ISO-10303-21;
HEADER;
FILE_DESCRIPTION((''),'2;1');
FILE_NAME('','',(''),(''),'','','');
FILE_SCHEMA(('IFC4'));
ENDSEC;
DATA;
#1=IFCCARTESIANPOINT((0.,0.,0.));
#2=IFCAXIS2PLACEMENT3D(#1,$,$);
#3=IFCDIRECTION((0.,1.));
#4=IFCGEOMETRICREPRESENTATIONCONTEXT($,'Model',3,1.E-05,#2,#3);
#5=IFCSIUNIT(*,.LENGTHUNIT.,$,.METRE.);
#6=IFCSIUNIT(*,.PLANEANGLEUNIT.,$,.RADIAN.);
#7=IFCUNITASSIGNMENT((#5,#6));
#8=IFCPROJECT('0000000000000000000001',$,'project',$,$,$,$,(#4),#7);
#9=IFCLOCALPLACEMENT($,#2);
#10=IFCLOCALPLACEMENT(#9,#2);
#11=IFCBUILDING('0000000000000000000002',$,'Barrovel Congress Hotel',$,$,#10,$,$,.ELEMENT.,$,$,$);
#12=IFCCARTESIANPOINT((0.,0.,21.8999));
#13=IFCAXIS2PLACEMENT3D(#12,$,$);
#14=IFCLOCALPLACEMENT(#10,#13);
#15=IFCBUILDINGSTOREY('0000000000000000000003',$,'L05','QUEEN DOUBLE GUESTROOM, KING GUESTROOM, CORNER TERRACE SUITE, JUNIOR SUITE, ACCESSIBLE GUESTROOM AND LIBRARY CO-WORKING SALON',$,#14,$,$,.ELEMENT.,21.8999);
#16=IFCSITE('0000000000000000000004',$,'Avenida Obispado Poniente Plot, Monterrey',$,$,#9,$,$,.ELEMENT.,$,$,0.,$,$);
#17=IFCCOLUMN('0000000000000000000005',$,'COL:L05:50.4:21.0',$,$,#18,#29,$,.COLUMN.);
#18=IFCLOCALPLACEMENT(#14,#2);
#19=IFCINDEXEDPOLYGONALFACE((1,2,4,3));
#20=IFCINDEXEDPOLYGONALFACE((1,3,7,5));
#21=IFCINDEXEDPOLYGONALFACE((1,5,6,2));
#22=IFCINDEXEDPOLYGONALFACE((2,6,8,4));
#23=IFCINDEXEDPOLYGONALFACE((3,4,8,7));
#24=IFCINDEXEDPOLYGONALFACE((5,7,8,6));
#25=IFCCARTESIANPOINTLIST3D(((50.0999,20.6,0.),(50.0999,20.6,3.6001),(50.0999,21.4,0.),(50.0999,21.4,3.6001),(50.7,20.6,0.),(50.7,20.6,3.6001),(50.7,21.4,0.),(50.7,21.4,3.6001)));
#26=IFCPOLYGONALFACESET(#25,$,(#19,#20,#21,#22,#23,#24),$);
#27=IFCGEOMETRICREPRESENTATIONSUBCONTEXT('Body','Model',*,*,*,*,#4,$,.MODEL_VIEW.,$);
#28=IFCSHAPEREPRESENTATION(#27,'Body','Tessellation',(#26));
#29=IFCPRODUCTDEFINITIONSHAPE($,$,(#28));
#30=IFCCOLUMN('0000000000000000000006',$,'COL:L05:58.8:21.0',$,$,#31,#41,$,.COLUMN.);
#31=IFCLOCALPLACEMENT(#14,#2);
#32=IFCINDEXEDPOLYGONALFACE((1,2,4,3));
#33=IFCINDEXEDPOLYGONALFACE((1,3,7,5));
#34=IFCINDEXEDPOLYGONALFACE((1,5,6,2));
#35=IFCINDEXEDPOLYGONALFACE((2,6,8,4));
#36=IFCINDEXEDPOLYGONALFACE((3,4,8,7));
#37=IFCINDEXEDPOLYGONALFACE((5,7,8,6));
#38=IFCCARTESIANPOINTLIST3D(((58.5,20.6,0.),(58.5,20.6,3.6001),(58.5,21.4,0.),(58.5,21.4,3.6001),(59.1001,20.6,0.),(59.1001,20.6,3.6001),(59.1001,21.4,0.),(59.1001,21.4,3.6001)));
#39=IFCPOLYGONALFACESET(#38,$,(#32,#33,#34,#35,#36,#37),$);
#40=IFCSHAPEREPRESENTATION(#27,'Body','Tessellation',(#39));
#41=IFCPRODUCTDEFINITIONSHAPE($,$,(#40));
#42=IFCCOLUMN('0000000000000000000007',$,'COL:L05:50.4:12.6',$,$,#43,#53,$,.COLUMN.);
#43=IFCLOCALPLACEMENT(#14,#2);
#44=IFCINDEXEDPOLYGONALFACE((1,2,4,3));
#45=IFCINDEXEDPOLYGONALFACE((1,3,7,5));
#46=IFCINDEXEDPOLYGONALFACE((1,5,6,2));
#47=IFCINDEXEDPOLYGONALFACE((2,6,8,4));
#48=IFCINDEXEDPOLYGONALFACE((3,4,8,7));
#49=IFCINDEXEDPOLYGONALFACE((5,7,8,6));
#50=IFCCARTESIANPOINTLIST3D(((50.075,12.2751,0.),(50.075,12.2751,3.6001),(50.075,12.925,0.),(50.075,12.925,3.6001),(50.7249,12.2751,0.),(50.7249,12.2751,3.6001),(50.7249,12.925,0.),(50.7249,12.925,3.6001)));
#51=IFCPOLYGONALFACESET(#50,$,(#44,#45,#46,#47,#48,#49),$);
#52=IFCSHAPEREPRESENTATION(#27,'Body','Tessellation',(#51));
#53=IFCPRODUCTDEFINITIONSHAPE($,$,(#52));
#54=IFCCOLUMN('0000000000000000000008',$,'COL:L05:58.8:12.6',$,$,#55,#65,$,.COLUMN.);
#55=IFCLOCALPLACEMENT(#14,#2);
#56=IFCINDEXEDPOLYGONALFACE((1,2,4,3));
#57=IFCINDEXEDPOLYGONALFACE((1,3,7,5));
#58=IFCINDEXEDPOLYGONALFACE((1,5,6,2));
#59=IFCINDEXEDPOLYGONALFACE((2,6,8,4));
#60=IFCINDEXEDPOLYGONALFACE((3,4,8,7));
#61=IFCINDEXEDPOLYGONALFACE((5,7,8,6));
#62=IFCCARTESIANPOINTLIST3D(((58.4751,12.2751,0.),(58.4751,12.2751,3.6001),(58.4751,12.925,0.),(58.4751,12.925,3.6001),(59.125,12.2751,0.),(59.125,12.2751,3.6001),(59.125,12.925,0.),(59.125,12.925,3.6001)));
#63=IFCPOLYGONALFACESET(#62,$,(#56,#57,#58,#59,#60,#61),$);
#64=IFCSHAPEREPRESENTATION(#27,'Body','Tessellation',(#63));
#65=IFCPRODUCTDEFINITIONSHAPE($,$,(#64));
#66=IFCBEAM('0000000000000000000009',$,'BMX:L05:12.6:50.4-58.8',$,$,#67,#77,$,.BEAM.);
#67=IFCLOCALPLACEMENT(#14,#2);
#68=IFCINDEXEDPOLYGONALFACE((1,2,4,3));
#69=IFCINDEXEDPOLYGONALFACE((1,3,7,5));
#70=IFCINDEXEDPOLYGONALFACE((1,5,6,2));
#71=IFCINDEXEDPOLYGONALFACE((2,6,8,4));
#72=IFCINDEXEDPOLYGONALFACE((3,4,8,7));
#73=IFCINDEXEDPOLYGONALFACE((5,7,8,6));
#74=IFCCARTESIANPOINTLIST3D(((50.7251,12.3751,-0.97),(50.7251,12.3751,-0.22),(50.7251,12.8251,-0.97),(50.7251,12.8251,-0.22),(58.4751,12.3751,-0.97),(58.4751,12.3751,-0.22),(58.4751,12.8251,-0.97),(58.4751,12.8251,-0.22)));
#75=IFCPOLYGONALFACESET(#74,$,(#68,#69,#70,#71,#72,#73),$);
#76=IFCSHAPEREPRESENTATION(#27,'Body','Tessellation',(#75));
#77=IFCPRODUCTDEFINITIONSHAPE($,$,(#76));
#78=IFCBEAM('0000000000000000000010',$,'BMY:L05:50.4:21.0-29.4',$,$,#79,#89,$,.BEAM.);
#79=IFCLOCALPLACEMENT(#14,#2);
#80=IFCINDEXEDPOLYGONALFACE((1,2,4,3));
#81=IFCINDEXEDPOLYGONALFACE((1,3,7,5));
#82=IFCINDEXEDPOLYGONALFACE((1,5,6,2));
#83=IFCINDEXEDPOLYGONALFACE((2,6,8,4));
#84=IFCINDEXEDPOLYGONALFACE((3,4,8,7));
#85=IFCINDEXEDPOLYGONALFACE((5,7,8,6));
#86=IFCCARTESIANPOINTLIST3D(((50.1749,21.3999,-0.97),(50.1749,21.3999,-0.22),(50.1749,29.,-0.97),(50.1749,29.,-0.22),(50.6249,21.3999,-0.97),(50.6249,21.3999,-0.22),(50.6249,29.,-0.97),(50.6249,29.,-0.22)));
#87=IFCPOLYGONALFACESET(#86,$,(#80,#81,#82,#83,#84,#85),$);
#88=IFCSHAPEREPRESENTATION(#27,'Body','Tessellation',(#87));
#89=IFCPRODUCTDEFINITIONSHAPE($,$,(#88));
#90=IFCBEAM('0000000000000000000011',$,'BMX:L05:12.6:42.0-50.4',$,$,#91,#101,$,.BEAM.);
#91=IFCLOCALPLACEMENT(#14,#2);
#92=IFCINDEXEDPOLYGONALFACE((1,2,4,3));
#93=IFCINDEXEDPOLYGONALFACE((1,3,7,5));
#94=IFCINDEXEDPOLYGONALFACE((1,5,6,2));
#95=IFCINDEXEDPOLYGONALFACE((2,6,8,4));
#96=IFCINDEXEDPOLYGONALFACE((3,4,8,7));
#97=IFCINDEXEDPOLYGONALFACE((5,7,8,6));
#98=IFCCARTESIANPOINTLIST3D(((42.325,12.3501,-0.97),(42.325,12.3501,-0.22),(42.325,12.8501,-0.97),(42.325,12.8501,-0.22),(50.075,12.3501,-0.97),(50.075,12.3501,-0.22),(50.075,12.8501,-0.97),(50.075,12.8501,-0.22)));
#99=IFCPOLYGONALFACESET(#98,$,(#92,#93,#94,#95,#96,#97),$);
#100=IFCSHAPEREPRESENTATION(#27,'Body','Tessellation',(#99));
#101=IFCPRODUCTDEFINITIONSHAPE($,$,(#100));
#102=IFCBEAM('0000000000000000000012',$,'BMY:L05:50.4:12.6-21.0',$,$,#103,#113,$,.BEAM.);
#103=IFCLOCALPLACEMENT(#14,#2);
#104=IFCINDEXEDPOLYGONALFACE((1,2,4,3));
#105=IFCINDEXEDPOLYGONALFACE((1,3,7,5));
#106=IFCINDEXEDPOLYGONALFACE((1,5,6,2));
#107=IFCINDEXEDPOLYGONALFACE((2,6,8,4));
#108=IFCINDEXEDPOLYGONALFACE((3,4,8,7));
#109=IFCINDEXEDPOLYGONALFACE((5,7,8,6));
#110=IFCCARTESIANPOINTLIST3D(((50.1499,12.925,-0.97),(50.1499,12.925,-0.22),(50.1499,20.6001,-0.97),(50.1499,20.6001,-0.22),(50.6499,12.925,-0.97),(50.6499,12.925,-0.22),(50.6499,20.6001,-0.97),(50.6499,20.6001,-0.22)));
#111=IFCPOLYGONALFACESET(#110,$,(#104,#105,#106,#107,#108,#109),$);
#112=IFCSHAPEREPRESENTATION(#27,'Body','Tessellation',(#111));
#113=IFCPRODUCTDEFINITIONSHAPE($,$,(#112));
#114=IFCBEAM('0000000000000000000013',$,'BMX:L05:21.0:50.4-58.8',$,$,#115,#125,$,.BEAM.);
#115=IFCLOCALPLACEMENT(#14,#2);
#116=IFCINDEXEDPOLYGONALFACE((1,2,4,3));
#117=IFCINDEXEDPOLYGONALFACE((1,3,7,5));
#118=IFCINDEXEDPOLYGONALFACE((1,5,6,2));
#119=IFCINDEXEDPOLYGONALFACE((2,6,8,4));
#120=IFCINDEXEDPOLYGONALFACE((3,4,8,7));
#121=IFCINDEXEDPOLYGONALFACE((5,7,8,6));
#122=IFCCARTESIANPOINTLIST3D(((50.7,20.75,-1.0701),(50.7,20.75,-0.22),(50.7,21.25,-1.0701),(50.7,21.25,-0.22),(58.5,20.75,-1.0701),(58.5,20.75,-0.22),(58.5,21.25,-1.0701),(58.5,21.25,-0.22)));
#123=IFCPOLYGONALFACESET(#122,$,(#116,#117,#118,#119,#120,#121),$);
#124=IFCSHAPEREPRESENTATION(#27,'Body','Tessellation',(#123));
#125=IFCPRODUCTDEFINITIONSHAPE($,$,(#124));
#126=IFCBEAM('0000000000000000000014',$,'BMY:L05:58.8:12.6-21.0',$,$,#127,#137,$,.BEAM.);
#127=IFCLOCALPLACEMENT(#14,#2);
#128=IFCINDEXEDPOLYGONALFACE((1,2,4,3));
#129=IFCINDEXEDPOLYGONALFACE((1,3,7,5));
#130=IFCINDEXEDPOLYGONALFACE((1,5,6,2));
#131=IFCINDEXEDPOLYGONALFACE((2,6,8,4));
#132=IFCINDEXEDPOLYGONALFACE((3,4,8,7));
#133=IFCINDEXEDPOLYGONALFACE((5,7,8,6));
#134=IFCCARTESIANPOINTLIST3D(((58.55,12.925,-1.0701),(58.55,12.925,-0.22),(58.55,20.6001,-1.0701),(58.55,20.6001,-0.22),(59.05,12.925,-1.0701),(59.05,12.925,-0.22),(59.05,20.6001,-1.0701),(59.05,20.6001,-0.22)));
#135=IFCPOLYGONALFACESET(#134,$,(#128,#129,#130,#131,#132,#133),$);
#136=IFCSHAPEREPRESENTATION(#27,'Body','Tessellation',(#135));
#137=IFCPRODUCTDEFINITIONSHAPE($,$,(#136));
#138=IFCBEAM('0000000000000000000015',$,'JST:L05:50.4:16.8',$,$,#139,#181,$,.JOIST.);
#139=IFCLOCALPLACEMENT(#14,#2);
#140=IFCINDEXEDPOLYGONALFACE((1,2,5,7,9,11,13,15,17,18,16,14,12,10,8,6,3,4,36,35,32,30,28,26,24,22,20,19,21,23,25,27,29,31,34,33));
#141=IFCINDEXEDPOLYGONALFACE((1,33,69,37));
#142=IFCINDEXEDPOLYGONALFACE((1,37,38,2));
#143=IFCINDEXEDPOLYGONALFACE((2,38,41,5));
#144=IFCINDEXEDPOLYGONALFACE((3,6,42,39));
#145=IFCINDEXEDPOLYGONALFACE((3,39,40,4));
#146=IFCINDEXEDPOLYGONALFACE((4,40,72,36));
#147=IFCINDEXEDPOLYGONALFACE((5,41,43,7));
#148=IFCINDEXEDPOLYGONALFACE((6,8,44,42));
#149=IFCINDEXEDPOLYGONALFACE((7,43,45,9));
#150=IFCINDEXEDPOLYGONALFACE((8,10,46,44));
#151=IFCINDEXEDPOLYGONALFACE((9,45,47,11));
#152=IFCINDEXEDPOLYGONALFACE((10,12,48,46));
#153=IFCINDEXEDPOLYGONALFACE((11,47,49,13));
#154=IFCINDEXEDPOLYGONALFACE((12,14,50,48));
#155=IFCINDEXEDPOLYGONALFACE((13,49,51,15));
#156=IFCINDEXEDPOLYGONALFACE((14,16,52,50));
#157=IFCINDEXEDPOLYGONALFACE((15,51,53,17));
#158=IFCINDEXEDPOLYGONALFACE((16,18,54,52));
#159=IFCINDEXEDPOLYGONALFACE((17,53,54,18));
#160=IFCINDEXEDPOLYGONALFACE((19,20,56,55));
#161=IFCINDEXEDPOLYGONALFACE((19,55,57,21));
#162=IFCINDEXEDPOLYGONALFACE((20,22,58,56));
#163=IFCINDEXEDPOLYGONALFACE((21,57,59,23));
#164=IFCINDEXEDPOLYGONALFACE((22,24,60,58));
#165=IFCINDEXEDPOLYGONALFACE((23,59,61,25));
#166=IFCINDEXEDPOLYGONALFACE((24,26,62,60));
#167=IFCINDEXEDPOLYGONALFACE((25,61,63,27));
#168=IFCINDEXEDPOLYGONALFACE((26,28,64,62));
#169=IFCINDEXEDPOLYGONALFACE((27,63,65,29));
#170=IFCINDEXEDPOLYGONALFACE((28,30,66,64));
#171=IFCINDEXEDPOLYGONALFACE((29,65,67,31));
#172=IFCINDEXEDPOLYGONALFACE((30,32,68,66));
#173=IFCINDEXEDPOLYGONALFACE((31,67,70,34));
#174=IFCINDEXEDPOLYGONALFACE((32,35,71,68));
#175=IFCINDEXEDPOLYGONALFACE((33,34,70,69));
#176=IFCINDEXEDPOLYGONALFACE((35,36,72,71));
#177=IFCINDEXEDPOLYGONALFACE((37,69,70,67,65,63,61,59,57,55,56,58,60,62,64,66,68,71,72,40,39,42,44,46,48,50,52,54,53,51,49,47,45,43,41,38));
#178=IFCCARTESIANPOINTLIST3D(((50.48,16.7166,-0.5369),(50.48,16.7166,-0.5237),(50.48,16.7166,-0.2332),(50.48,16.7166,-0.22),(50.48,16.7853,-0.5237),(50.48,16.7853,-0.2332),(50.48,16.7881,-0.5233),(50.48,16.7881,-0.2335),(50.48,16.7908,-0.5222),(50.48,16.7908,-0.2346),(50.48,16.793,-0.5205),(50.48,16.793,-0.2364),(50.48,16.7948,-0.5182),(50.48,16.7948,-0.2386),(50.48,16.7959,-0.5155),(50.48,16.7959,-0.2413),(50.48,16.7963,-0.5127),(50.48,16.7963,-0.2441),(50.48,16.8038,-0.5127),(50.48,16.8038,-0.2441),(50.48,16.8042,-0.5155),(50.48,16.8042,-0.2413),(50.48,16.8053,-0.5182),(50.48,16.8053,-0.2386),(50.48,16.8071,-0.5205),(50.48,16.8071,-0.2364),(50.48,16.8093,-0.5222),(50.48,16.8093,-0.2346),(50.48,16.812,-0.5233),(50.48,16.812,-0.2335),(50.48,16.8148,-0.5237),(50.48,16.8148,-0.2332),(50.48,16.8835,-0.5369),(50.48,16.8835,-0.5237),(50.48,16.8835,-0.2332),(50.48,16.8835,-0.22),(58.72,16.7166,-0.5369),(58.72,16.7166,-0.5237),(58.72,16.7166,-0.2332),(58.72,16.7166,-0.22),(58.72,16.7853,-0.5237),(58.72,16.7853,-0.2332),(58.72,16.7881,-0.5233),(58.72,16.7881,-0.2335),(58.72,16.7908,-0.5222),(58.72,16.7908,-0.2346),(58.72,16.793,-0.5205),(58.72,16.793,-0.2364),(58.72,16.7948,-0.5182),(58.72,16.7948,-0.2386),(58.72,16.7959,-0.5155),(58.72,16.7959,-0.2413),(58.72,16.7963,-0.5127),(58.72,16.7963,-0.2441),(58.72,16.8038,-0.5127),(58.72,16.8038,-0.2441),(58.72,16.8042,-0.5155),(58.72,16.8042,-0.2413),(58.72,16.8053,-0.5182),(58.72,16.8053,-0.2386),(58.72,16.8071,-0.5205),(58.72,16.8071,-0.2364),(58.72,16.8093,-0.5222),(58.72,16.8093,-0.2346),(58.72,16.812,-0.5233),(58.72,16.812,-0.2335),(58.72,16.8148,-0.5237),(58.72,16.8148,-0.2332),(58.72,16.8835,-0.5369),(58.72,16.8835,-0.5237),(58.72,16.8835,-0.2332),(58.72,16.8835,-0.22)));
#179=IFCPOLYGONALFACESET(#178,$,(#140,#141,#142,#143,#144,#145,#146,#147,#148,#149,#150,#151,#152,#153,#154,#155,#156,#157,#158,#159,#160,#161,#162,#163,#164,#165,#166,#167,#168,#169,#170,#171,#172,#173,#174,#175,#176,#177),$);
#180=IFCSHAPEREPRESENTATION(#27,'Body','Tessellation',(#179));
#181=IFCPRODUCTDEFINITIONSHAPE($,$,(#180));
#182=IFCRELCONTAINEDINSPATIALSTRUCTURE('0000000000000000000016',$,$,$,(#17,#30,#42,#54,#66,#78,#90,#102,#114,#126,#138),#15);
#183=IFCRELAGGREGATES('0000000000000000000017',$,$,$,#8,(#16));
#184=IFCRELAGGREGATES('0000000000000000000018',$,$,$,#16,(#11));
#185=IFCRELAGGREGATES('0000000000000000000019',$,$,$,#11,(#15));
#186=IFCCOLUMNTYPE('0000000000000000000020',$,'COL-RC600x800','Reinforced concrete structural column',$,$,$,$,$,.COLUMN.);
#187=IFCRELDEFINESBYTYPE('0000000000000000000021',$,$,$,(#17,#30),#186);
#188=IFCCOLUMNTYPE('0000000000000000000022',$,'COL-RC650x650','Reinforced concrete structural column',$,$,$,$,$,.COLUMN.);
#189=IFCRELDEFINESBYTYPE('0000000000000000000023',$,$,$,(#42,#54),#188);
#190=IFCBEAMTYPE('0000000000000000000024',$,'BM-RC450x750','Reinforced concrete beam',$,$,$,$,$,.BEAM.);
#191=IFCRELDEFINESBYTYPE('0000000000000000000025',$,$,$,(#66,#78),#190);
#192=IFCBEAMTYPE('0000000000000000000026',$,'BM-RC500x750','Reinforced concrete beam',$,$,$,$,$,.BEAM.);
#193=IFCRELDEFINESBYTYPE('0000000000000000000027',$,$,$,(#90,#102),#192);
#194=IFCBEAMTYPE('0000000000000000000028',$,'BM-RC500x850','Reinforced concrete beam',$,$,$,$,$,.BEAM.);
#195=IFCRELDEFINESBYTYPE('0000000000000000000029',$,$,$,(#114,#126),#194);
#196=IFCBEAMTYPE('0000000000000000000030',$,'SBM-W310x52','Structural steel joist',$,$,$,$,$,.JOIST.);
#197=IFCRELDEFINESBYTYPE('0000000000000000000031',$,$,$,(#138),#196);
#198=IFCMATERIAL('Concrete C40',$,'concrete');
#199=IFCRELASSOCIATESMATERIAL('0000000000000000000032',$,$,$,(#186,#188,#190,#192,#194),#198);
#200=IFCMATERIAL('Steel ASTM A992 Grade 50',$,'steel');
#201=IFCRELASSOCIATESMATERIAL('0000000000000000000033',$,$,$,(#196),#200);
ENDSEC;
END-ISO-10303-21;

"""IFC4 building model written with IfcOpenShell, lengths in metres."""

from ifc_helpers import new_model, si_unit, direction, frame, origin, origin_2d, place, context, subcontext, project, spatial, rectangle, i_section, extrude, material, material_profile, profile_set, type_object, element, save


model = new_model("IFC4")

# Units and contexts
model_context = context("Model", 3, precision=1e-05, world=origin(), true_north=direction((0.0, 1.0)))
body_context = subcontext(model_context, "Body", "Model", "MODEL_VIEW")
ifc_project = project(units=[si_unit("LENGTHUNIT", "METRE"), si_unit("PLANEANGLEUNIT", "RADIAN")], contexts=[model_context])

# Site, building, storey
site_placement = place(None, origin())
site = spatial("IfcSite", under=ifc_project, at=site_placement, Name="Avenida Obispado Poniente Plot, Monterrey", CompositionType="ELEMENT", RefElevation=0.0)
building_placement = place(site_placement, origin())
building = spatial("IfcBuilding", under=site, at=building_placement, Name="Barrovel Congress Hotel", CompositionType="ELEMENT")
storey_placement = place(building_placement, frame((0.0, 0.0, 21.8999)))
storey = spatial("IfcBuildingStorey", under=building, at=storey_placement, Name="L05", Description="QUEEN DOUBLE GUESTROOM, KING GUESTROOM, CORNER TERRACE SUITE, JUNIOR SUITE, ACCESSIBLE GUESTROOM AND LIBRARY CO-WORKING SALON", CompositionType="ELEMENT", Elevation=21.8999)

# Columns
ifc_material_1 = material(Name="Concrete C40", Category="concrete")
ifc_material_profile_1 = material_profile(ifc_material_1, rectangle(XDim=0.6001, YDim=0.8, at=origin_2d()), Name="RC600x800")
ifc_profile_set_1 = profile_set([ifc_material_profile_1], Name="Concrete C40")
column_type_1 = type_object("IfcColumnType", Name="COL-RC600x800", Description="Reinforced concrete structural column", PredefinedType="COLUMN", material=ifc_profile_set_1)
for number, where, z_axis, x_axis, name in (
    (1, (50.3999, 21.0, 0.0), (0.0, 0.0, 1.0), (1.0, 0.0, 0.0), "COL:L05:50.4:21.0"),
    (2, (58.8, 21.0, 0.0), (0.0, 0.0, 1.0), (1.0, 0.0, 0.0), "COL:L05:58.8:21.0"),
):
    element("IfcColumn", number, at=place(storey_placement, frame(where, z_axis=z_axis, x_axis=x_axis)), inside=storey, type_object=column_type_1, Name=name, PredefinedType="COLUMN", context=body_context, shape_type="SweptSolid", body=[
        extrude(rectangle(XDim=0.6001, YDim=0.8, at=origin_2d()), origin(), (0.0, 0.0, 1.0), 3.6001),
    ])
ifc_material_profile_2 = material_profile(ifc_material_1, rectangle(XDim=0.6499, YDim=0.6499, at=origin_2d()), Name="RC650x650")
ifc_profile_set_2 = profile_set([ifc_material_profile_2], Name="Concrete C40")
column_type_2 = type_object("IfcColumnType", Name="COL-RC650x650", Description="Reinforced concrete structural column", PredefinedType="COLUMN", material=ifc_profile_set_2)
for number, where, z_axis, x_axis, name in (
    (3, (50.3999, 12.6001, 0.0), (0.0, 0.0, 1.0), (1.0, 0.0, 0.0), "COL:L05:50.4:12.6"),
    (4, (58.8, 12.6001, 0.0), (0.0, 0.0, 1.0), (1.0, 0.0, 0.0), "COL:L05:58.8:12.6"),
):
    element("IfcColumn", number, at=place(storey_placement, frame(where, z_axis=z_axis, x_axis=x_axis)), inside=storey, type_object=column_type_2, Name=name, PredefinedType="COLUMN", context=body_context, shape_type="SweptSolid", body=[
        extrude(rectangle(XDim=0.6499, YDim=0.6499, at=origin_2d()), origin(), (0.0, 0.0, 1.0), 3.6001),
    ])

# Beams
ifc_material_profile_3 = material_profile(ifc_material_1, rectangle(XDim=0.45, YDim=0.75, at=origin_2d()), Name="RC450x750")
ifc_profile_set_3 = profile_set([ifc_material_profile_3], Name="Concrete C40")
beam_type_1 = type_object("IfcBeamType", Name="BM-RC450x750", Description="Reinforced concrete beam", PredefinedType="BEAM", material=ifc_profile_set_3)
beam_1_placement = place(storey_placement, frame((50.7251, 12.6001, -0.595), z_axis=(1.0, 0.0, 0.0), x_axis=(0.0, 1.0, 0.0)))
element("IfcBeam", 5, at=beam_1_placement, inside=storey, type_object=beam_type_1, Name="BMX:L05:12.6:50.4-58.8", PredefinedType="BEAM", context=body_context, shape_type="SweptSolid", body=[
    extrude(rectangle(XDim=0.45, YDim=0.75, at=origin_2d()), origin(), (0.0, 0.0, 1.0), 7.75),
])
beam_2_placement = place(storey_placement, frame((50.3999, 21.3999, -0.595), z_axis=(0.0, 1.0, 0.0), x_axis=(-1.0, 0.0, 0.0)))
element("IfcBeam", 6, at=beam_2_placement, inside=storey, type_object=beam_type_1, Name="BMY:L05:50.4:21.0-29.4", PredefinedType="BEAM", context=body_context, shape_type="SweptSolid", body=[
    extrude(rectangle(XDim=0.45, YDim=0.75, at=origin_2d()), origin(), (0.0, 0.0, 1.0), 7.6001),
])
ifc_material_profile_4 = material_profile(ifc_material_1, rectangle(XDim=0.5, YDim=0.75, at=origin_2d()), Name="RC500x750")
ifc_profile_set_4 = profile_set([ifc_material_profile_4], Name="Concrete C40")
beam_type_2 = type_object("IfcBeamType", Name="BM-RC500x750", Description="Reinforced concrete beam", PredefinedType="BEAM", material=ifc_profile_set_4)
beam_3_placement = place(storey_placement, frame((42.325, 12.6001, -0.595), z_axis=(1.0, 0.0, 0.0), x_axis=(0.0, 1.0, 0.0)))
element("IfcBeam", 7, at=beam_3_placement, inside=storey, type_object=beam_type_2, Name="BMX:L05:12.6:42.0-50.4", PredefinedType="BEAM", context=body_context, shape_type="SweptSolid", body=[
    extrude(rectangle(XDim=0.5, YDim=0.75, at=origin_2d()), origin(), (0.0, 0.0, 1.0), 7.75),
])
beam_4_placement = place(storey_placement, frame((50.3999, 12.925, -0.595), z_axis=(0.0, 1.0, 0.0), x_axis=(-1.0, 0.0, 0.0)))
element("IfcBeam", 8, at=beam_4_placement, inside=storey, type_object=beam_type_2, Name="BMY:L05:50.4:12.6-21.0", PredefinedType="BEAM", context=body_context, shape_type="SweptSolid", body=[
    extrude(rectangle(XDim=0.5, YDim=0.75, at=origin_2d()), origin(), (0.0, 0.0, 1.0), 7.675),
])
ifc_material_profile_5 = material_profile(ifc_material_1, rectangle(XDim=0.5, YDim=0.8501, at=origin_2d()), Name="RC500x850")
ifc_profile_set_5 = profile_set([ifc_material_profile_5], Name="Concrete C40")
beam_type_3 = type_object("IfcBeamType", Name="BM-RC500x850", Description="Reinforced concrete beam", PredefinedType="BEAM", material=ifc_profile_set_5)
beam_5_placement = place(storey_placement, frame((50.7, 21.0, -0.645), z_axis=(1.0, 0.0, 0.0), x_axis=(0.0, 1.0, 0.0)))
element("IfcBeam", 9, at=beam_5_placement, inside=storey, type_object=beam_type_3, Name="BMX:L05:21.0:50.4-58.8", PredefinedType="BEAM", context=body_context, shape_type="SweptSolid", body=[
    extrude(rectangle(XDim=0.5, YDim=0.8501, at=origin_2d()), origin(), (0.0, 0.0, 1.0), 7.8),
])
beam_6_placement = place(storey_placement, frame((58.8, 12.925, -0.645), z_axis=(0.0, 1.0, 0.0), x_axis=(-1.0, 0.0, 0.0)))
element("IfcBeam", 10, at=beam_6_placement, inside=storey, type_object=beam_type_3, Name="BMY:L05:58.8:12.6-21.0", PredefinedType="BEAM", context=body_context, shape_type="SweptSolid", body=[
    extrude(rectangle(XDim=0.5, YDim=0.8501, at=origin_2d()), origin(), (0.0, 0.0, 1.0), 7.675),
])
ifc_material_2 = material(Name="Steel ASTM A992 Grade 50", Category="steel")
ifc_material_profile_6 = material_profile(ifc_material_2, i_section(OverallWidth=0.167, OverallDepth=0.3169, WebThickness=0.0076, FlangeThickness=0.0132, FilletRadius=0.011, at=origin_2d()), Name="W310x52")
ifc_profile_set_6 = profile_set([ifc_material_profile_6], Name="Steel ASTM A992 Grade 50")
beam_type_4 = type_object("IfcBeamType", Name="SBM-W310x52", Description="Structural steel joist", PredefinedType="JOIST", material=ifc_profile_set_6)
beam_7_placement = place(storey_placement, frame((50.48, 16.8, -0.3784), z_axis=(1.0, 0.0, 0.0), x_axis=(0.0, 1.0, 0.0)))
element("IfcBeam", 11, at=beam_7_placement, inside=storey, type_object=beam_type_4, Name="JST:L05:50.4:16.8", PredefinedType="JOIST", context=body_context, shape_type="SweptSolid", body=[
    extrude(i_section(OverallWidth=0.167, OverallDepth=0.3169, WebThickness=0.0076, FlangeThickness=0.0132, FilletRadius=0.011, at=origin_2d()), origin(), (0.0, 0.0, 1.0), 8.24),
])

save(model, "model.ifc")
